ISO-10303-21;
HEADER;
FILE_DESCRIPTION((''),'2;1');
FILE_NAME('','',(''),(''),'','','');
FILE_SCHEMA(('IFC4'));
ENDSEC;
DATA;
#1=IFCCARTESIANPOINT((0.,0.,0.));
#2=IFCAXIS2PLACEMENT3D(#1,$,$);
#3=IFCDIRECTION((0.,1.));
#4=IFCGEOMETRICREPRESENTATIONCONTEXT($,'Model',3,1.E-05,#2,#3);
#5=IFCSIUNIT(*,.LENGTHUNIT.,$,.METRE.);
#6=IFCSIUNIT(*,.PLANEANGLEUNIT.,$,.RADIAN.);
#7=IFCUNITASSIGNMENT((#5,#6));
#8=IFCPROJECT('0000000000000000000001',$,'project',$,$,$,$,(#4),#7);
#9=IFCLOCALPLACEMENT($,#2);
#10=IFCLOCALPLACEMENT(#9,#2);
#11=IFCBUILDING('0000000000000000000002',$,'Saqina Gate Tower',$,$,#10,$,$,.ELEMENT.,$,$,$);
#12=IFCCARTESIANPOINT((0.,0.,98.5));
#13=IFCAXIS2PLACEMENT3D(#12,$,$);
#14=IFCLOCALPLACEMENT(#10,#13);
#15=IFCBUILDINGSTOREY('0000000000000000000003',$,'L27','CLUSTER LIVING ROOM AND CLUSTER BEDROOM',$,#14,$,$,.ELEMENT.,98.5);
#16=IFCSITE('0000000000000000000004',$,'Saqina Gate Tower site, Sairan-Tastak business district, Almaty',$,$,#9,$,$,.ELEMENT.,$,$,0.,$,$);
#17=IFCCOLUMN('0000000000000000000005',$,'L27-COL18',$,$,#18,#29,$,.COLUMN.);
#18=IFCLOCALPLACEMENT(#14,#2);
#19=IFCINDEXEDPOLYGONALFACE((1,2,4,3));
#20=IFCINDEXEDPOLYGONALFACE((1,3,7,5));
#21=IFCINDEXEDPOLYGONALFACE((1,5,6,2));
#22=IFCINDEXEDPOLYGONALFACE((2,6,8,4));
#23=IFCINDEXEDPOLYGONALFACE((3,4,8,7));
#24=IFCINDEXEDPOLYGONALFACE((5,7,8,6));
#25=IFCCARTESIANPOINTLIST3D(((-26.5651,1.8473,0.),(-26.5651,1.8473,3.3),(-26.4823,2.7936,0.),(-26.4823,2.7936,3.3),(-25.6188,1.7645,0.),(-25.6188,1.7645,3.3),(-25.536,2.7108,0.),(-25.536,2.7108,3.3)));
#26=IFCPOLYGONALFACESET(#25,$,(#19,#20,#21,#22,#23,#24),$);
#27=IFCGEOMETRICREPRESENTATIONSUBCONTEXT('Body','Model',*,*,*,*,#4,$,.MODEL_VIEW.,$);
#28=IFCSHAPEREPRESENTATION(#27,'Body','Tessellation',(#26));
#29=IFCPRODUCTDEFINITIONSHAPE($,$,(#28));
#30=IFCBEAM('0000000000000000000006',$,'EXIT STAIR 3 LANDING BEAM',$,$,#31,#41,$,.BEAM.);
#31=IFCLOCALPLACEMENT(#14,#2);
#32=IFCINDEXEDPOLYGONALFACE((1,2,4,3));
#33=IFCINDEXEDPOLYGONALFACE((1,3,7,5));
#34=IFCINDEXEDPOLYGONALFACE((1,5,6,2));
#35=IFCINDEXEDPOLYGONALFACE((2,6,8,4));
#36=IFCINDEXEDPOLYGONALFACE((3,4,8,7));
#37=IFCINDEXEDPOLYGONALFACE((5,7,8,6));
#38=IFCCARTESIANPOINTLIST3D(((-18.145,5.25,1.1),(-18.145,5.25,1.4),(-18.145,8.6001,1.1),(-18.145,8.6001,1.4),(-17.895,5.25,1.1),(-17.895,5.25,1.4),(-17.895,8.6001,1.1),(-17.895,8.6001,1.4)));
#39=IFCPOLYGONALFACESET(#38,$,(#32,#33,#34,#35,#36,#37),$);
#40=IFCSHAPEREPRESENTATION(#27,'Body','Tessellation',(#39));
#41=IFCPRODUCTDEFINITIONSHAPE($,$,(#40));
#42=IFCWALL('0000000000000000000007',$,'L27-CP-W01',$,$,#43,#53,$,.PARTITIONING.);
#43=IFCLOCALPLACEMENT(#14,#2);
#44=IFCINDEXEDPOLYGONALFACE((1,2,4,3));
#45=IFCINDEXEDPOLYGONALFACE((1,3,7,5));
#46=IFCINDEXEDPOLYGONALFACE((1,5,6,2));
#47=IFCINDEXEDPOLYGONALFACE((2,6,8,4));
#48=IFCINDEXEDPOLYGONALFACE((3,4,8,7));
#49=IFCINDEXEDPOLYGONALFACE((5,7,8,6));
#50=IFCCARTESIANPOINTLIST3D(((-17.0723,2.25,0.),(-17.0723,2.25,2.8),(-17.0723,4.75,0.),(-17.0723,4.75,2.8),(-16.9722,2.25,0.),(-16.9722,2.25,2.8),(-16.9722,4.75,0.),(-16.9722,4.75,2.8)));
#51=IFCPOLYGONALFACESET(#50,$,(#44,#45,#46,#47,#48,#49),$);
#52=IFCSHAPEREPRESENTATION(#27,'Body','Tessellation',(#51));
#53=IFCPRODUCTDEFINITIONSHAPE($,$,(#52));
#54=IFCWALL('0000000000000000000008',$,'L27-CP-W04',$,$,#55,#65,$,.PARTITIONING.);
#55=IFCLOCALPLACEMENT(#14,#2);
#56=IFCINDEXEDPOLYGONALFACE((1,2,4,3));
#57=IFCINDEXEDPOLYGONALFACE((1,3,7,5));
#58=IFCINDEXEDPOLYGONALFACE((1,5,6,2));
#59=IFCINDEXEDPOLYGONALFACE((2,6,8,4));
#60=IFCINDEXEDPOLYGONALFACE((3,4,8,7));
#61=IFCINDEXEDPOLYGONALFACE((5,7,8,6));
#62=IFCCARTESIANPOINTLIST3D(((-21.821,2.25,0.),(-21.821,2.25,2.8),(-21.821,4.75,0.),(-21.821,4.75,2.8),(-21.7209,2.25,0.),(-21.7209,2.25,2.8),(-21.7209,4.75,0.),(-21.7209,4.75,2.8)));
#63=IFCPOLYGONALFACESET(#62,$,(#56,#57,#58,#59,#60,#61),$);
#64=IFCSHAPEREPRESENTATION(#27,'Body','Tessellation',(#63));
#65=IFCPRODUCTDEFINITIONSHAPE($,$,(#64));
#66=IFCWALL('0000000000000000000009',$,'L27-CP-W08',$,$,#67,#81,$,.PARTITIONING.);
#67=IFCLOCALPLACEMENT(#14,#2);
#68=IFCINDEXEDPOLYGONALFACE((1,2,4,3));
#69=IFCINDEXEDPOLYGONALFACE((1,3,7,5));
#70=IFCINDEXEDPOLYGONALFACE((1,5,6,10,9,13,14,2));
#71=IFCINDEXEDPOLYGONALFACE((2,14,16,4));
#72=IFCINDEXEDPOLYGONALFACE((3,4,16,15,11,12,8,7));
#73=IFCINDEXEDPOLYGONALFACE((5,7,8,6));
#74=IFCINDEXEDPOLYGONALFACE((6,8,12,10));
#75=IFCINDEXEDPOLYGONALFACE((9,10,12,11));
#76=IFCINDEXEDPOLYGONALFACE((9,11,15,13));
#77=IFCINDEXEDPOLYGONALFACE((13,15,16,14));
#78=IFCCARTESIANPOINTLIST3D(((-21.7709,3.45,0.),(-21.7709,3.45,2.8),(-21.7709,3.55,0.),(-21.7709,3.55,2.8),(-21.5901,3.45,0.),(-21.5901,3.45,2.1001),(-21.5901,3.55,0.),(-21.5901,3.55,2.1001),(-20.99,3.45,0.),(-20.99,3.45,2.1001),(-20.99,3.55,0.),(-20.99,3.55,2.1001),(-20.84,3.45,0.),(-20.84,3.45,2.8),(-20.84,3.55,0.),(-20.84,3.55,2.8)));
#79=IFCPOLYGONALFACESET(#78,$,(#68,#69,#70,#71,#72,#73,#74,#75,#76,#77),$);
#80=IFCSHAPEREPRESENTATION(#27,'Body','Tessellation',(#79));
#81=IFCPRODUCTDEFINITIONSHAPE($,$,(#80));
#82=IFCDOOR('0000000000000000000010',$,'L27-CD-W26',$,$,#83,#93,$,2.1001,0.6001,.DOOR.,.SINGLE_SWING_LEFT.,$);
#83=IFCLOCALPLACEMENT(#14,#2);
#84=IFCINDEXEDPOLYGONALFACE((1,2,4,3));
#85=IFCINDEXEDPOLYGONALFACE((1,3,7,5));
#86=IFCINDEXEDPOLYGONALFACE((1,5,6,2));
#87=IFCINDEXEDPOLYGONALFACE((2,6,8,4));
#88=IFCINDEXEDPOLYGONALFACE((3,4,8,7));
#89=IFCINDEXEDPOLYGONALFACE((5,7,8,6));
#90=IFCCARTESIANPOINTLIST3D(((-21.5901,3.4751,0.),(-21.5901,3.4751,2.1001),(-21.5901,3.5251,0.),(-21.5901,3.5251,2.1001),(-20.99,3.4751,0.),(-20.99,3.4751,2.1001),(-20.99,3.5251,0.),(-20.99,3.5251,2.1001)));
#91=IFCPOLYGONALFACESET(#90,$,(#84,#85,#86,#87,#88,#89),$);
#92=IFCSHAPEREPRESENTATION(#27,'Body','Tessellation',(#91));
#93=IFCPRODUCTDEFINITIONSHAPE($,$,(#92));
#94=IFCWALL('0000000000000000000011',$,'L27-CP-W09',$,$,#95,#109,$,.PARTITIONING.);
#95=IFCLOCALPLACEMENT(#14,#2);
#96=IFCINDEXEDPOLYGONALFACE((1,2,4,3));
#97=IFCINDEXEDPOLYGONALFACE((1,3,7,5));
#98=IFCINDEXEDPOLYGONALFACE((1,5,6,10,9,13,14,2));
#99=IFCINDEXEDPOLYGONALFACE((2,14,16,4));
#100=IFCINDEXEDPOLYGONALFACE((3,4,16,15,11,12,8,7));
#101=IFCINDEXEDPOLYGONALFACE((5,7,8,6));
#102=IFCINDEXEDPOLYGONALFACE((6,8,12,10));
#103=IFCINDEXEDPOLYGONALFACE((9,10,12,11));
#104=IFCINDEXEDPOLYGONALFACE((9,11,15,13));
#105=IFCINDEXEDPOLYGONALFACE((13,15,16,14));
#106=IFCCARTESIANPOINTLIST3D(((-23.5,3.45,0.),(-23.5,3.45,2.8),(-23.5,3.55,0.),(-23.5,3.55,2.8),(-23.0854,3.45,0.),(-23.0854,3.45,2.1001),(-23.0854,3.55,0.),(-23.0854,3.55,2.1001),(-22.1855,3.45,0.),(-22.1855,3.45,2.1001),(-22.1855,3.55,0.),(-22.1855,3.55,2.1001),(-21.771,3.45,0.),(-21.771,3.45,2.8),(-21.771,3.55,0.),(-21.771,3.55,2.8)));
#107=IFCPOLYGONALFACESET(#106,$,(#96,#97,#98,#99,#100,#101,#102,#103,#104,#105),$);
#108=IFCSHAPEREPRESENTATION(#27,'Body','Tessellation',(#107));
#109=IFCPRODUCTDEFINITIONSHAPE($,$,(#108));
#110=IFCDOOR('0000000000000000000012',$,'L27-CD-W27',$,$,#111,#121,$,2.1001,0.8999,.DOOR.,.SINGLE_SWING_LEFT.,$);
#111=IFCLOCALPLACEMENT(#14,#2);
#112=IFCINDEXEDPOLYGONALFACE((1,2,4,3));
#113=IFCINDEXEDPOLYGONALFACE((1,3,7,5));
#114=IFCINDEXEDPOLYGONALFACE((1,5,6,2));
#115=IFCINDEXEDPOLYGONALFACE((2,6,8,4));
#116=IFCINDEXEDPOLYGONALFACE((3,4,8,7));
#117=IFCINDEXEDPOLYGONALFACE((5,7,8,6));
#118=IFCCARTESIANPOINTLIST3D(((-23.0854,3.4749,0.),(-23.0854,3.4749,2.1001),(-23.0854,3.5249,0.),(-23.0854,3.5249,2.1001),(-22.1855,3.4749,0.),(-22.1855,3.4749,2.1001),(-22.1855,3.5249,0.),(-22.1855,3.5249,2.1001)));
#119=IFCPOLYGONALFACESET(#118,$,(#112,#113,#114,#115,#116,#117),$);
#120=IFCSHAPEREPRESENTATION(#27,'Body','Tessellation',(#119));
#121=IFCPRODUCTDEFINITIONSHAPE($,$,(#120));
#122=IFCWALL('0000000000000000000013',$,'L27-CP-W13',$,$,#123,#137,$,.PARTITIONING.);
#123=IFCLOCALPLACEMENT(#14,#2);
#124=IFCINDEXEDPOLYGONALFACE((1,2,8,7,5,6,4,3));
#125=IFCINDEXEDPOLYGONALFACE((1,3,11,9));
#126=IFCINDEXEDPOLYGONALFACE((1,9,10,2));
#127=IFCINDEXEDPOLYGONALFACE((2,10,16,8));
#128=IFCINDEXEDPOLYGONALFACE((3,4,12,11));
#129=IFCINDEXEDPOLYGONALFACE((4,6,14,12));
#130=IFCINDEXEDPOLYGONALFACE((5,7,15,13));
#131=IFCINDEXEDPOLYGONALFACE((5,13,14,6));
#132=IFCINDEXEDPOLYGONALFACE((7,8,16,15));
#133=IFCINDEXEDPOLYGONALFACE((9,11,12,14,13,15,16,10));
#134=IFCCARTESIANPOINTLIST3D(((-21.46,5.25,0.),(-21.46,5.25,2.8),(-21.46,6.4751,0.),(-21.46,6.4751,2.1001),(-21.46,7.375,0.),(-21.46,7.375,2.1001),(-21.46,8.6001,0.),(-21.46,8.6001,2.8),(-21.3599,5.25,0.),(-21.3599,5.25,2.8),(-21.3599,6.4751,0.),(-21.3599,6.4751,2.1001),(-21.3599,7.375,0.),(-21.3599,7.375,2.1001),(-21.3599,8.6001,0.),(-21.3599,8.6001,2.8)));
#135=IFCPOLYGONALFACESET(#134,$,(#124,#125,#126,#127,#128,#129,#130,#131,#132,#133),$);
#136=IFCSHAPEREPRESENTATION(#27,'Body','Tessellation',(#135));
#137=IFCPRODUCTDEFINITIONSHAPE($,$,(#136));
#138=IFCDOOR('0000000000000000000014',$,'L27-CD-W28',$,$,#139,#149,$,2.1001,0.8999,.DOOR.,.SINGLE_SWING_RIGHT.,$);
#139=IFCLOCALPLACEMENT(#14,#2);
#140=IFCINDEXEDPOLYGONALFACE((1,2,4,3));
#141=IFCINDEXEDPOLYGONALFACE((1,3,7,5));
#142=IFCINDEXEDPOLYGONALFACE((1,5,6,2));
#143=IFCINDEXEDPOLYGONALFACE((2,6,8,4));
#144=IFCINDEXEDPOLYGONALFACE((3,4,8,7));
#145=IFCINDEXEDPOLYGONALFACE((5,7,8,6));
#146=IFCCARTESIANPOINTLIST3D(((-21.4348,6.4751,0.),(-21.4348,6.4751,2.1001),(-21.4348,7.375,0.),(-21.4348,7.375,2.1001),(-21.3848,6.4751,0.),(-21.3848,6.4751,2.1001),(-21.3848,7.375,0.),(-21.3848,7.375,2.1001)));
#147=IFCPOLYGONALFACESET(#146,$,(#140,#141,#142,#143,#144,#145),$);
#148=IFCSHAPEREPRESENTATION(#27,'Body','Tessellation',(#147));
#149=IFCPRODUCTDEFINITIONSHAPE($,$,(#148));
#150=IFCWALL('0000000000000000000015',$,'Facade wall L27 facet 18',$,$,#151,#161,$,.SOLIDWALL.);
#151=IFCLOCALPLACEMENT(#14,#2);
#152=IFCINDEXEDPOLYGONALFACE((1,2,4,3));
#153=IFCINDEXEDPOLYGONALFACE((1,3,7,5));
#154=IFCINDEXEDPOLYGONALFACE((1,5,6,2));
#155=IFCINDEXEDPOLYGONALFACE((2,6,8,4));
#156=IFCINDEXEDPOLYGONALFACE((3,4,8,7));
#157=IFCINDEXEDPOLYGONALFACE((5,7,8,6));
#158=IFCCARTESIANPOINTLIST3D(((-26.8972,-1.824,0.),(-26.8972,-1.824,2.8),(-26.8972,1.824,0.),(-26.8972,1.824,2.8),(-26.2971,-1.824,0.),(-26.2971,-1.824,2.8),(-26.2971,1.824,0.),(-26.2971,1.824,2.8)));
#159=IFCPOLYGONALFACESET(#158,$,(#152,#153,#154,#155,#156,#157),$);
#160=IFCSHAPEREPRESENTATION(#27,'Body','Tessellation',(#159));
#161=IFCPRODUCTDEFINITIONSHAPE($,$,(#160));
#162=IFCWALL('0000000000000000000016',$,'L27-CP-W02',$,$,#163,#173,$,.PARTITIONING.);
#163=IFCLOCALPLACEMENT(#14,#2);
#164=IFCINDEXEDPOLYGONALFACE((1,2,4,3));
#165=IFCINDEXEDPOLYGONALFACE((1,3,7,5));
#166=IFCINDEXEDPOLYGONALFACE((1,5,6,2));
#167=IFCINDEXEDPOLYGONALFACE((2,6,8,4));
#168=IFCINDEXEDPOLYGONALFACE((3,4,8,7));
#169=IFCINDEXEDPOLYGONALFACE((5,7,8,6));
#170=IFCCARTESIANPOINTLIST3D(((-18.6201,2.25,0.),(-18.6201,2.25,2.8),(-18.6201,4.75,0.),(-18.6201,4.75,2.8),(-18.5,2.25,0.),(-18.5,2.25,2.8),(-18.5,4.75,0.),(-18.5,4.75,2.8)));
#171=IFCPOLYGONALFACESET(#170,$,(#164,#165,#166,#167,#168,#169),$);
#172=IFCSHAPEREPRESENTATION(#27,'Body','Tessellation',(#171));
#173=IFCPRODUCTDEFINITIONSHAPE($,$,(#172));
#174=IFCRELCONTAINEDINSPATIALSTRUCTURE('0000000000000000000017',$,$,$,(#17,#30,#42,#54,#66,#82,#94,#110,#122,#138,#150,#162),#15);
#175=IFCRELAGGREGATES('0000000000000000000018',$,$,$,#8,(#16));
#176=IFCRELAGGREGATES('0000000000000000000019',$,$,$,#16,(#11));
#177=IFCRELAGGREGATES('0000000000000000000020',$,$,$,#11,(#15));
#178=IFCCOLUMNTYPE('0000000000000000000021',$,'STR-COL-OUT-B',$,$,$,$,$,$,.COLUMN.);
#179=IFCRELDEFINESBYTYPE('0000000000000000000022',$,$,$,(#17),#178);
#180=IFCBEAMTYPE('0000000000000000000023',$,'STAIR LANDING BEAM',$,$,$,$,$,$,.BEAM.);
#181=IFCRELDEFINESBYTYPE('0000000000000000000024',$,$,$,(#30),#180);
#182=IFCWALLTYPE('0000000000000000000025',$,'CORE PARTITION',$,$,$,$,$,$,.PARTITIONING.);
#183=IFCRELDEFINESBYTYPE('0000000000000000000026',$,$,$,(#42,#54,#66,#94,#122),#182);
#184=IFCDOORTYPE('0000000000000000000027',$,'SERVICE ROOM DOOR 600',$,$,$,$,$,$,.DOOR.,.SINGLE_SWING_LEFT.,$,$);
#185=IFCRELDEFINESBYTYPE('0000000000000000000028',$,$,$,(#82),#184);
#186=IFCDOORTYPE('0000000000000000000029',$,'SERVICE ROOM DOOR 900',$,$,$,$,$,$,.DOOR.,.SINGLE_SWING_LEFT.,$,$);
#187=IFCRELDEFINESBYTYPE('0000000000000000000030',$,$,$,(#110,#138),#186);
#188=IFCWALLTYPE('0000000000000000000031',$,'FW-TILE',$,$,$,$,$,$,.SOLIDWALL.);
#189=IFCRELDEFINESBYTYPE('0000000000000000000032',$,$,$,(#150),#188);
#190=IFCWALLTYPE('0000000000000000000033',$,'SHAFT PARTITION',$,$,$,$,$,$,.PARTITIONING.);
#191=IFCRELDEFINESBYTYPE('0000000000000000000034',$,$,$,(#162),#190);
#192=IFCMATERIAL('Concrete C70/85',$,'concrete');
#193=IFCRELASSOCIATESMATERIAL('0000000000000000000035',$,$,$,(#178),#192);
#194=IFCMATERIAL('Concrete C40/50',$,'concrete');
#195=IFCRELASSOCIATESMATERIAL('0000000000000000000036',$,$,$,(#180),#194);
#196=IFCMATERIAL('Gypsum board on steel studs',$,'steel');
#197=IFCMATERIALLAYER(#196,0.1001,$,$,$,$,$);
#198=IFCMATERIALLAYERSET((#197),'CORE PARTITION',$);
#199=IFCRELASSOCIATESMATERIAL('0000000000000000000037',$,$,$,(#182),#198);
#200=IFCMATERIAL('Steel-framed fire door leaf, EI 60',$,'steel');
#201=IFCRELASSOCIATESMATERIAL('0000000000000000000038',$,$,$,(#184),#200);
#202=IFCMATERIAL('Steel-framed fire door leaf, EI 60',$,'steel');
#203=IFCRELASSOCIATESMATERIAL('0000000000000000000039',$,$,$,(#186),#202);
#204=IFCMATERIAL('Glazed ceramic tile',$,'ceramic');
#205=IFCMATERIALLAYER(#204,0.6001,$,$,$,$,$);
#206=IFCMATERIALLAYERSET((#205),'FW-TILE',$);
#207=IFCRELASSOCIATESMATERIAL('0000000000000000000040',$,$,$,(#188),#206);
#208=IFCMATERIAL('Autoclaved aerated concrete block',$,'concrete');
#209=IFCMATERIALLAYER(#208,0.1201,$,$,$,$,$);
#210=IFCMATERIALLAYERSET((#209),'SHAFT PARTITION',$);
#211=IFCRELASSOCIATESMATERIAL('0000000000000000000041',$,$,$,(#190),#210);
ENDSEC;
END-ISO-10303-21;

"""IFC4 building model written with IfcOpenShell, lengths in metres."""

from ifc_helpers import new_model, si_unit, direction, frame, frame_2d, origin, origin_2d, place, context, subcontext, project, spatial, rectangle, extrude, material, layer, layer_set, material_profile, profile_set, type_object, element, fill, save


model = new_model("IFC4")

# Units and contexts
model_context = context("Model", 3, precision=1e-05, world=origin(), true_north=direction((0.0, 1.0)))
body_context = subcontext(model_context, "Body", "Model", "MODEL_VIEW")
ifc_project = project(units=[si_unit("LENGTHUNIT", "METRE"), si_unit("PLANEANGLEUNIT", "RADIAN")], contexts=[model_context])

# Site, building, storey
site_placement = place(None, origin())
site = spatial("IfcSite", under=ifc_project, at=site_placement, Name="Saqina Gate Tower site, Sairan-Tastak business district, Almaty", CompositionType="ELEMENT", RefElevation=0.0)
building_placement = place(site_placement, origin())
building = spatial("IfcBuilding", under=site, at=building_placement, Name="Saqina Gate Tower", CompositionType="ELEMENT")
storey_placement = place(building_placement, frame((0.0, 0.0, 98.5)))
storey = spatial("IfcBuildingStorey", under=building, at=storey_placement, Name="L27", Description="CLUSTER LIVING ROOM AND CLUSTER BEDROOM", CompositionType="ELEMENT", Elevation=98.5)

# Column
ifc_material_1 = material(Name="Concrete C70/85", Category="concrete")
ifc_material_profile_1 = material_profile(ifc_material_1, rectangle(XDim=0.95, YDim=0.95, at=origin_2d()), Name="RC 950x950")
ifc_profile_set_1 = profile_set([ifc_material_profile_1], Name="Concrete C70/85")
column_type = type_object("IfcColumnType", Name="STR-COL-OUT-B", PredefinedType="COLUMN", material=ifc_profile_set_1)
column_placement = place(storey_placement, frame((-26.0505, 2.2791, 0.0), z_axis=(0.0, 0.0, 1.0), x_axis=(-0.996195, 0.087156, 0.0)))
element("IfcColumn", 1, at=column_placement, inside=storey, type_object=column_type, Name="L27-COL18", PredefinedType="COLUMN", context=body_context, shape_type="SweptSolid", body=[
    extrude(rectangle(XDim=0.95, YDim=0.95, at=origin_2d()), origin(), (0.0, 0.0, 1.0), 3.3),
])

# Beam
ifc_material_2 = material(Name="Concrete C40/50", Category="concrete")
ifc_material_profile_2 = material_profile(ifc_material_2, rectangle(XDim=0.25, YDim=0.3, at=origin_2d()), Name="STAIR LANDING BEAM")
ifc_profile_set_2 = profile_set([ifc_material_profile_2], Name="Concrete C40/50")
beam_type = type_object("IfcBeamType", Name="STAIR LANDING BEAM", PredefinedType="BEAM", material=ifc_profile_set_2)
beam_placement = place(storey_placement, frame((-18.02, 5.25, 1.25), z_axis=(0.0, 1.0, 0.0), x_axis=(-1.0, 0.0, 0.0)))
element("IfcBeam", 2, at=beam_placement, inside=storey, type_object=beam_type, Name="EXIT STAIR 3 LANDING BEAM", PredefinedType="BEAM", context=body_context, shape_type="SweptSolid", body=[
    extrude(rectangle(XDim=0.25, YDim=0.3, at=origin_2d()), origin(), (0.0, 0.0, 1.0), 3.3501),
])

# Walls
ifc_material_3 = material(Name="Gypsum board on steel studs", Category="steel")
ifc_layer_1 = layer(ifc_material_3, 0.1001)
ifc_layer_set_1 = layer_set([ifc_layer_1], Name="CORE PARTITION")
wall_type_1 = type_object("IfcWallType", Name="CORE PARTITION", PredefinedType="PARTITIONING", material=ifc_layer_set_1)
for number, where, z_axis, x_axis, name in (
    (3, (-17.0222, 2.25, 0.0), (0.0, 0.0, 1.0), (0.0, 1.0, 0.0), "L27-CP-W01"),
    (4, (-21.771, 2.25, 0.0), (0.0, 0.0, 1.0), (0.0, 1.0, 0.0), "L27-CP-W04"),
):
    element("IfcWall", number, at=place(storey_placement, frame(where, z_axis=z_axis, x_axis=x_axis)), inside=storey, type_object=wall_type_1, Name=name, PredefinedType="PARTITIONING", context=body_context, shape_type="SweptSolid", body=[
        extrude(rectangle(XDim=2.5, YDim=0.1001, at=frame_2d((1.25, 0.0))), origin(), (0.0, 0.0, 1.0), 2.8),
    ])

# Walls, openings, doors
wall_1_placement = place(storey_placement, frame((-20.8401, 3.5, 0.0), z_axis=(0.0, 0.0, 1.0), x_axis=(-1.0, 0.0, 0.0)))
wall_1 = element("IfcWall", 5, at=wall_1_placement, inside=storey, type_object=wall_type_1, Name="L27-CP-W08", PredefinedType="PARTITIONING", context=body_context, shape_type="SweptSolid", body=[
    extrude(rectangle(XDim=0.9309, YDim=0.1001, at=frame_2d((0.4653, 0.0))), origin(), (0.0, 0.0, 1.0), 2.8),
])
opening_1_placement = place(wall_1_placement, frame((0.1499, 0.0, 0.0)))
opening_1 = element("IfcOpeningElement", 6, at=opening_1_placement, cuts=wall_1, PredefinedType="OPENING", context=body_context, shape_type="SweptSolid", body=[
    extrude(rectangle(XDim=0.6001, YDim=2.1001, at=frame_2d((0.3, 1.05))), frame((0.0, 0.062, 0.0), z_axis=(0.0, -1.0, 0.0), x_axis=(1.0, 0.0, 0.0)), (0.0, 0.0, 1.0), 0.124),
])
ifc_material_4 = material(Name="Steel-framed fire door leaf, EI 60", Category="steel")
door_type_1 = type_object("IfcDoorType", Name="SERVICE ROOM DOOR 600", OperationType="SINGLE_SWING_LEFT", PredefinedType="DOOR", material=ifc_material_4)
door_1_placement = place(opening_1_placement, origin())
door_1 = element("IfcDoor", 7, at=door_1_placement, inside=storey, type_object=door_type_1, Name="L27-CD-W26", OperationType="SINGLE_SWING_LEFT", OverallHeight=2.1001, OverallWidth=0.6001, PredefinedType="DOOR", context=body_context, shape_type="SweptSolid", body=[
    extrude(rectangle(XDim=0.6001, YDim=2.1001, at=frame_2d((0.3, 1.05))), frame((0.0, 0.0249, 0.0), z_axis=(0.0, -1.0, 0.0), x_axis=(1.0, 0.0, 0.0)), (0.0, 0.0, 1.0), 0.05),
])
fill(opening_1, door_1)
wall_2_placement = place(storey_placement, frame((-21.771, 3.5, 0.0), z_axis=(0.0, 0.0, 1.0), x_axis=(-1.0, 0.0, 0.0)))
wall_2 = element("IfcWall", 8, at=wall_2_placement, inside=storey, type_object=wall_type_1, Name="L27-CP-W09", PredefinedType="PARTITIONING", context=body_context, shape_type="SweptSolid", body=[
    extrude(rectangle(XDim=1.729, YDim=0.1001, at=frame_2d((0.8645, 0.0))), origin(), (0.0, 0.0, 1.0), 2.8),
])
opening_2_placement = place(wall_2_placement, frame((0.4146, 0.0, 0.0)))
opening_2 = element("IfcOpeningElement", 9, at=opening_2_placement, cuts=wall_2, PredefinedType="OPENING", context=body_context, shape_type="SweptSolid", body=[
    extrude(rectangle(XDim=0.8999, YDim=2.1001, at=frame_2d((0.45, 1.05))), frame((0.0, 0.062, 0.0), z_axis=(0.0, -1.0, 0.0), x_axis=(1.0, 0.0, 0.0)), (0.0, 0.0, 1.0), 0.124),
])
ifc_material_5 = material(Name="Steel-framed fire door leaf, EI 60", Category="steel")
door_type_2 = type_object("IfcDoorType", Name="SERVICE ROOM DOOR 900", OperationType="SINGLE_SWING_LEFT", PredefinedType="DOOR", material=ifc_material_5)
door_2_placement = place(opening_2_placement, frame((0.8999, 0.0, 0.0), z_axis=(0.0, 0.0, 1.0), x_axis=(-1.0, 0.0, 0.0)))
door_2 = element("IfcDoor", 10, at=door_2_placement, inside=storey, type_object=door_type_2, Name="L27-CD-W27", OperationType="SINGLE_SWING_LEFT", OverallHeight=2.1001, OverallWidth=0.8999, PredefinedType="DOOR", context=body_context, shape_type="SweptSolid", body=[
    extrude(rectangle(XDim=0.8999, YDim=2.1001, at=frame_2d((0.45, 1.05))), frame((0.0, 0.0249, 0.0), z_axis=(0.0, -1.0, 0.0), x_axis=(1.0, 0.0, 0.0)), (0.0, 0.0, 1.0), 0.05),
])
fill(opening_2, door_2)
wall_3_placement = place(storey_placement, frame((-21.4099, 5.25, 0.0), z_axis=(0.0, 0.0, 1.0), x_axis=(0.0, 1.0, 0.0)))
wall_3 = element("IfcWall", 11, at=wall_3_placement, inside=storey, type_object=wall_type_1, Name="L27-CP-W13", PredefinedType="PARTITIONING", context=body_context, shape_type="SweptSolid", body=[
    extrude(rectangle(XDim=3.3501, YDim=0.1001, at=frame_2d((1.675, 0.0))), origin(), (0.0, 0.0, 1.0), 2.8),
])
opening_3_placement = place(wall_3_placement, frame((1.2251, 0.0, 0.0)))
opening_3 = element("IfcOpeningElement", 12, at=opening_3_placement, cuts=wall_3, PredefinedType="OPENING", context=body_context, shape_type="SweptSolid", body=[
    extrude(rectangle(XDim=0.8999, YDim=2.1001, at=frame_2d((0.45, 1.05))), frame((0.0, 0.062, 0.0), z_axis=(0.0, -1.0, 0.0), x_axis=(1.0, 0.0, 0.0)), (0.0, 0.0, 1.0), 0.124),
])
door_3_placement = place(opening_3_placement, origin())
door_3 = element("IfcDoor", 13, at=door_3_placement, inside=storey, type_object=door_type_2, Name="L27-CD-W28", OperationType="SINGLE_SWING_RIGHT", OverallHeight=2.1001, OverallWidth=0.8999, PredefinedType="DOOR", context=body_context, shape_type="SweptSolid", body=[
    extrude(rectangle(XDim=0.8999, YDim=2.1001, at=frame_2d((0.45, 1.05))), frame((0.0, 0.0249, 0.0), z_axis=(0.0, -1.0, 0.0), x_axis=(1.0, 0.0, 0.0)), (0.0, 0.0, 1.0), 0.05),
])
fill(opening_3, door_3)

# Walls
ifc_material_6 = material(Name="Glazed ceramic tile", Category="ceramic")
ifc_layer_2 = layer(ifc_material_6, 0.6001)
ifc_layer_set_2 = layer_set([ifc_layer_2], Name="FW-TILE")
wall_type_2 = type_object("IfcWallType", Name="FW-TILE", PredefinedType="SOLIDWALL", material=ifc_layer_set_2)
wall_4_placement = place(storey_placement, frame((-26.5972, 1.824, 0.0), z_axis=(0.0, 0.0, 1.0), x_axis=(0.0, -1.0, 0.0)))
element("IfcWall", 14, at=wall_4_placement, inside=storey, type_object=wall_type_2, Name="Facade wall L27 facet 18", PredefinedType="SOLIDWALL", context=body_context, shape_type="SweptSolid", body=[
    extrude(rectangle(XDim=3.6479, YDim=0.6001, at=frame_2d((1.824, 0.0))), origin(), (0.0, 0.0, 1.0), 2.8),
])
ifc_material_7 = material(Name="Autoclaved aerated concrete block", Category="concrete")
ifc_layer_3 = layer(ifc_material_7, 0.1201)
ifc_layer_set_3 = layer_set([ifc_layer_3], Name="SHAFT PARTITION")
wall_type_3 = type_object("IfcWallType", Name="SHAFT PARTITION", PredefinedType="PARTITIONING", material=ifc_layer_set_3)
for number, where, z_axis, x_axis, name in (
    (15, (-18.5601, 2.25, 0.0), (0.0, 0.0, 1.0), (0.0, 1.0, 0.0), "L27-CP-W02"),
):
    element("IfcWall", number, at=place(storey_placement, frame(where, z_axis=z_axis, x_axis=x_axis)), inside=storey, type_object=wall_type_3, Name=name, PredefinedType="PARTITIONING", context=body_context, shape_type="SweptSolid", body=[
        extrude(rectangle(XDim=2.5, YDim=0.1201, at=frame_2d((1.25, 0.0))), origin(), (0.0, 0.0, 1.0), 2.8),
    ])

save(model, "model.ifc")
